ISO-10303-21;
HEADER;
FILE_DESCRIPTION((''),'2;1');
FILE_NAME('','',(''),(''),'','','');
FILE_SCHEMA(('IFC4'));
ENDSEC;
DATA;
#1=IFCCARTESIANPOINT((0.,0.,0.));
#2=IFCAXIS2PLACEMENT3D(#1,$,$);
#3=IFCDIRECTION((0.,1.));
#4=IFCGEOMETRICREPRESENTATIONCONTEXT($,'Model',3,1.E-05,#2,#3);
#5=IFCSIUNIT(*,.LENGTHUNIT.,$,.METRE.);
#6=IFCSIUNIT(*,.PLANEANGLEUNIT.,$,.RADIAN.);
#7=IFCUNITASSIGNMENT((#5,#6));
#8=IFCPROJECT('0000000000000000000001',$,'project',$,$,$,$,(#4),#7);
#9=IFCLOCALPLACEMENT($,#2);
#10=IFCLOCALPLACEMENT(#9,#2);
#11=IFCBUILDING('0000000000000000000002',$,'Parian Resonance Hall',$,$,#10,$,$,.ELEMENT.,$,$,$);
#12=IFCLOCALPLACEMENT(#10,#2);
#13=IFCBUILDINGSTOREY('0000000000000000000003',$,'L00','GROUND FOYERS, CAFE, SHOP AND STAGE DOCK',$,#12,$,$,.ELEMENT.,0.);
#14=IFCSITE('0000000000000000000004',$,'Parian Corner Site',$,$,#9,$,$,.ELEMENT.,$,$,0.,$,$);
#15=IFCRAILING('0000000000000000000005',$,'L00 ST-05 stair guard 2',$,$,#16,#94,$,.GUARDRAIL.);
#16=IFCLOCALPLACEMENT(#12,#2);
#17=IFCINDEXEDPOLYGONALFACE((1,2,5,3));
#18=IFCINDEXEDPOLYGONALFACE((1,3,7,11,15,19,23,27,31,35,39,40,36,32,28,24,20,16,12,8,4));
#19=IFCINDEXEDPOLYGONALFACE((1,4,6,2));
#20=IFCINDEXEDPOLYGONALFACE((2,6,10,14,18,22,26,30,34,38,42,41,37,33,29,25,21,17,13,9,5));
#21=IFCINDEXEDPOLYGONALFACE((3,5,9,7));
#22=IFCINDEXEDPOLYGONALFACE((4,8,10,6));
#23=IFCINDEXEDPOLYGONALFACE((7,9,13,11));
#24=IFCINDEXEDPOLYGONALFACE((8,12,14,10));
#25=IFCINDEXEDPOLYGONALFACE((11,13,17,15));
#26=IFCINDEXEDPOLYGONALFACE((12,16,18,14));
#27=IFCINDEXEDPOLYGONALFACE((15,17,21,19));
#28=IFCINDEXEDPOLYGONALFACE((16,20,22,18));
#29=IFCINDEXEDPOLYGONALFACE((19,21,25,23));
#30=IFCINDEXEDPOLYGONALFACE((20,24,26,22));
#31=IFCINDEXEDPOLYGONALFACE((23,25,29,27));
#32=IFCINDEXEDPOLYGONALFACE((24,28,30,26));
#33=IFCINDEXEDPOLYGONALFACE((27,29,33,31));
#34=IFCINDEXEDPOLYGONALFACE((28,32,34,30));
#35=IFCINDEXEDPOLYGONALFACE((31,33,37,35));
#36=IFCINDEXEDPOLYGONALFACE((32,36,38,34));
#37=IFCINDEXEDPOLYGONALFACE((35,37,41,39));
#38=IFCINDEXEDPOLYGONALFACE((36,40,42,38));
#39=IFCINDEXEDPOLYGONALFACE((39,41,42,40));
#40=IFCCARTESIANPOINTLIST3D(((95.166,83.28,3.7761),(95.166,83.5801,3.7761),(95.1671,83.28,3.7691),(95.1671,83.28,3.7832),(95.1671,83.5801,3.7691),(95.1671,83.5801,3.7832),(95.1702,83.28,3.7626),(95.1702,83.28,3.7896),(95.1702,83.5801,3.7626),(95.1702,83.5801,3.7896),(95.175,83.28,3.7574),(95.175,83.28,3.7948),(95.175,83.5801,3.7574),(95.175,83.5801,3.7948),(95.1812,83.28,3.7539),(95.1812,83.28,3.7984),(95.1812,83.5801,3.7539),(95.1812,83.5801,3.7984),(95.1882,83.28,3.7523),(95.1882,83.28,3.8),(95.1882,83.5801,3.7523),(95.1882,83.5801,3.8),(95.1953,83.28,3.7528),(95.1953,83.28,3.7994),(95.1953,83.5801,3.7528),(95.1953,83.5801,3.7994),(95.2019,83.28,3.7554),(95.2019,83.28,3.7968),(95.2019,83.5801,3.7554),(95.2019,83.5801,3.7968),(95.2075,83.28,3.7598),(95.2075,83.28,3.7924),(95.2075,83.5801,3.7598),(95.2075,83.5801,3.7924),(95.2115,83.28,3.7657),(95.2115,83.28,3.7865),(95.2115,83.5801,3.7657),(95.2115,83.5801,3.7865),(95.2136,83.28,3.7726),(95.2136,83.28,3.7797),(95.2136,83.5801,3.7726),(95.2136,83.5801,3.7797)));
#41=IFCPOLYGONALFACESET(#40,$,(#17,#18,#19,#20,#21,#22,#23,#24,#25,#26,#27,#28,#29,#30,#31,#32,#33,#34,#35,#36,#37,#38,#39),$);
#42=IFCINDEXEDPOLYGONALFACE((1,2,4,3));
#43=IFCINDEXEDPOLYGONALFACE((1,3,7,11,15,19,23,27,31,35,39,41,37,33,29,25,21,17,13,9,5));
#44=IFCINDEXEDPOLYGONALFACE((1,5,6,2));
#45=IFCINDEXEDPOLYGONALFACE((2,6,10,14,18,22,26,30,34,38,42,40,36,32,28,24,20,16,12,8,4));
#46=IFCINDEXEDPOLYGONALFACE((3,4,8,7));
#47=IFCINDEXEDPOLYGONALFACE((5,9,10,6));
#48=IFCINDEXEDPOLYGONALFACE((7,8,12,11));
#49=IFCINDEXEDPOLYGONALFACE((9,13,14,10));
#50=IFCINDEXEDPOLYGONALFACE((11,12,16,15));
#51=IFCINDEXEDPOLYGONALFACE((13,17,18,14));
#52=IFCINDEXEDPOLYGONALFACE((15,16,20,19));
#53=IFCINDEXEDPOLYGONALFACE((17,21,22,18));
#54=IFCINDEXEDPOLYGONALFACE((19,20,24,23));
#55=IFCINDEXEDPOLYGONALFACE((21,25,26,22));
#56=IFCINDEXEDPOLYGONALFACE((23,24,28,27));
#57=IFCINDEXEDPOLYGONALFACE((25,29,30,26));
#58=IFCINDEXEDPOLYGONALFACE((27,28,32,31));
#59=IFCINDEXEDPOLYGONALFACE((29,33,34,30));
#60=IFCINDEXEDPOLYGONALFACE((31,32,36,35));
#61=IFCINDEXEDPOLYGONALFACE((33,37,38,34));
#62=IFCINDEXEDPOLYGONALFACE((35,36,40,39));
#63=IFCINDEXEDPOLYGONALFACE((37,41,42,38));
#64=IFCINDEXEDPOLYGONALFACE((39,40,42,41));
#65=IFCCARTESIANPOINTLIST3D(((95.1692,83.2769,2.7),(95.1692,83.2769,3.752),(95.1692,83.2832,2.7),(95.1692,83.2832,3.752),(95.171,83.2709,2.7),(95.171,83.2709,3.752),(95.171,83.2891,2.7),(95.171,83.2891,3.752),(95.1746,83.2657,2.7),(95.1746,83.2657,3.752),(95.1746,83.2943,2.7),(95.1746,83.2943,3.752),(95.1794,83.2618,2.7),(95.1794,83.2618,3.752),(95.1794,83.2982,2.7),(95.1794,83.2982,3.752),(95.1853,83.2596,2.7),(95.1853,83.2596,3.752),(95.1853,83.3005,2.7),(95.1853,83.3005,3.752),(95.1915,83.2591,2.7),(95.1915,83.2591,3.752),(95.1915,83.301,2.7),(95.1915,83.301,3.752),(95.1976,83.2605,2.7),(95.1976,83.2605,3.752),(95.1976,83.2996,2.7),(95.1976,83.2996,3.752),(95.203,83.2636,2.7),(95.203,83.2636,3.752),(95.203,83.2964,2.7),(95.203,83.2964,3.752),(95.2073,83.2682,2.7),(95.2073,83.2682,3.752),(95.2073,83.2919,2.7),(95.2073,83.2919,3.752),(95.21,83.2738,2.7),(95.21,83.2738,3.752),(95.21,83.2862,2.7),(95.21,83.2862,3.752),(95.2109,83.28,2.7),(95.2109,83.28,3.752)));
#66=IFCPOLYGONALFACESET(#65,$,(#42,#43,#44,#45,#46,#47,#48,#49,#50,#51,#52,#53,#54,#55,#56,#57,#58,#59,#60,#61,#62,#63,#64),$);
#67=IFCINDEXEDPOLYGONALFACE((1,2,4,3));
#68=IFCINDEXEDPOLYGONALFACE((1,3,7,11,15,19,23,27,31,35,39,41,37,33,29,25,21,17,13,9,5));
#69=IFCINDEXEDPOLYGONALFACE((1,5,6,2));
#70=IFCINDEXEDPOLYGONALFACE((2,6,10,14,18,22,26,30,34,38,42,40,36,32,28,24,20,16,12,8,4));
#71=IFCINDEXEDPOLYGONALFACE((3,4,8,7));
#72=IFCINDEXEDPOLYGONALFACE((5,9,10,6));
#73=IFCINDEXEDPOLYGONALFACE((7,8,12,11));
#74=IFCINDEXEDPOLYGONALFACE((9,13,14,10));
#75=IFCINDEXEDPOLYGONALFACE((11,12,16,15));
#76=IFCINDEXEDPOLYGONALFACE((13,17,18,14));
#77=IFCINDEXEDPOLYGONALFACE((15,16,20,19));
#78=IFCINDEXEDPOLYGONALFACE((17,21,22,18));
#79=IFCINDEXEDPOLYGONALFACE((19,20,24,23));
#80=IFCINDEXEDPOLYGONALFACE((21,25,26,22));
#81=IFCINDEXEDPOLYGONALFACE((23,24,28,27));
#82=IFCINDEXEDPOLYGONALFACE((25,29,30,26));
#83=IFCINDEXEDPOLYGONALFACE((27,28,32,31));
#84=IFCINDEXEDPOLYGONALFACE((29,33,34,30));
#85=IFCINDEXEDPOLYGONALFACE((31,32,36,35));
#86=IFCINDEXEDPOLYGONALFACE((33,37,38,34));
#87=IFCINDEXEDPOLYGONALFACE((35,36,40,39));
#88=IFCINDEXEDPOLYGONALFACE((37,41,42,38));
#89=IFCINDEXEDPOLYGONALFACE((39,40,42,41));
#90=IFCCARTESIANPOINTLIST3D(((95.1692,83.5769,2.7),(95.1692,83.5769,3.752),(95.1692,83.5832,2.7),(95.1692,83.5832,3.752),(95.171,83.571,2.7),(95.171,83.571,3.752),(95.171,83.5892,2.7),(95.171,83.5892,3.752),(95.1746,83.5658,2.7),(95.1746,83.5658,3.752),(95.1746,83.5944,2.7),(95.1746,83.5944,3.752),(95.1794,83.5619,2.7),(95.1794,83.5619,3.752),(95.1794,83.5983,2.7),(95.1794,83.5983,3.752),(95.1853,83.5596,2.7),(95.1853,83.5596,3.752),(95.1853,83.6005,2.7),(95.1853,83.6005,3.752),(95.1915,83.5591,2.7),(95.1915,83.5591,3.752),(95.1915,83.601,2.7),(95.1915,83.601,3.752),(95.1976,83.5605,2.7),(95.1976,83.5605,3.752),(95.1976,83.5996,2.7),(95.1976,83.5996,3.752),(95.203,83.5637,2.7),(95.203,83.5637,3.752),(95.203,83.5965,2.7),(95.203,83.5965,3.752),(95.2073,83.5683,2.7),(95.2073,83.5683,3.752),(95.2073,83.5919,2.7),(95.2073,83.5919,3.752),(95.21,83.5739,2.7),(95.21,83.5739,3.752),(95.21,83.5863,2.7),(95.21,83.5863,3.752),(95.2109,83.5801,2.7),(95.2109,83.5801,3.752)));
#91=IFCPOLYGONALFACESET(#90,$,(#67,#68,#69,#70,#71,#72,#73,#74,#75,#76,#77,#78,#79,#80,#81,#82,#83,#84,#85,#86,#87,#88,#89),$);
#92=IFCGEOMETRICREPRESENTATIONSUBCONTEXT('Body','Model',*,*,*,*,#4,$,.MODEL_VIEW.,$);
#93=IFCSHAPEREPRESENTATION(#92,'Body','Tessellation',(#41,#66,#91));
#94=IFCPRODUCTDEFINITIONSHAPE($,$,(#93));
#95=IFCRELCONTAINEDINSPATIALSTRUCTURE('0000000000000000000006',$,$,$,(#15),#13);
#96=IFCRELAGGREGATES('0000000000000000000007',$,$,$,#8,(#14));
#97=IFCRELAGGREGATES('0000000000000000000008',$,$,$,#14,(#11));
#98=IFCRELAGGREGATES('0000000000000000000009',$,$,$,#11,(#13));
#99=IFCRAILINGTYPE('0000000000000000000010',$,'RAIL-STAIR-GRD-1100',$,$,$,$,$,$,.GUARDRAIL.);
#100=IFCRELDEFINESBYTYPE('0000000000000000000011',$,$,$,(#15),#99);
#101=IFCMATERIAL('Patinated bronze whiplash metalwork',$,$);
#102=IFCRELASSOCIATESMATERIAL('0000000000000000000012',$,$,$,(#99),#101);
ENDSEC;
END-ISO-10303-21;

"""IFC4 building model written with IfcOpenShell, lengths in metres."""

from ifc_helpers import new_model, si_unit, direction, frame, origin, origin_2d, place, context, subcontext, project, spatial, circle, extrude, material, type_object, element, save


model = new_model("IFC4")

# Units and contexts
model_context = context("Model", 3, precision=1e-05, world=origin(), true_north=direction((0.0, 1.0)))
body_context = subcontext(model_context, "Body", "Model", "MODEL_VIEW")
ifc_project = project(units=[si_unit("LENGTHUNIT", "METRE"), si_unit("PLANEANGLEUNIT", "RADIAN")], contexts=[model_context])

# Site, building, storey
site_placement = place(None, origin())
site = spatial("IfcSite", under=ifc_project, at=site_placement, Name="Parian Corner Site", CompositionType="ELEMENT", RefElevation=0.0)
building_placement = place(site_placement, origin())
building = spatial("IfcBuilding", under=site, at=building_placement, Name="Parian Resonance Hall", CompositionType="ELEMENT")
storey_placement = place(building_placement, origin())
storey = spatial("IfcBuildingStorey", under=building, at=storey_placement, Name="L00", Description="GROUND FOYERS, CAFE, SHOP AND STAGE DOCK", CompositionType="ELEMENT", Elevation=0.0)

# Railing
ifc_material_1 = material(Name="Patinated bronze whiplash metalwork")
railing_type_1 = type_object("IfcRailingType", Name="RAIL-STAIR-GRD-1100", PredefinedType="GUARDRAIL", material=ifc_material_1)
railing_1_placement = place(storey_placement, frame((95.1899, 83.28, 2.7)))
element("IfcRailing", 1, at=railing_1_placement, inside=storey, type_object=railing_type_1, Name="L00 ST-05 stair guard 2", PredefinedType="GUARDRAIL", context=body_context, shape_type="SweptSolid", body=[
    extrude(circle(Radius=0.0239, at=origin_2d()), frame((0.0, 0.0, 1.0762), z_axis=(0.0, 1.0, 0.0), x_axis=(-1.0, 0.0, 0.0)), (0.0, 0.0, 1.0), 0.3),
    extrude(circle(Radius=0.021, at=origin_2d()), origin(), (0.0, 0.0, 1.0), 1.052),
    extrude(circle(Radius=0.021, at=origin_2d()), frame((0.0, 0.3, 0.0)), (0.0, 0.0, 1.0), 1.052),
])

save(model, "model.ifc")
